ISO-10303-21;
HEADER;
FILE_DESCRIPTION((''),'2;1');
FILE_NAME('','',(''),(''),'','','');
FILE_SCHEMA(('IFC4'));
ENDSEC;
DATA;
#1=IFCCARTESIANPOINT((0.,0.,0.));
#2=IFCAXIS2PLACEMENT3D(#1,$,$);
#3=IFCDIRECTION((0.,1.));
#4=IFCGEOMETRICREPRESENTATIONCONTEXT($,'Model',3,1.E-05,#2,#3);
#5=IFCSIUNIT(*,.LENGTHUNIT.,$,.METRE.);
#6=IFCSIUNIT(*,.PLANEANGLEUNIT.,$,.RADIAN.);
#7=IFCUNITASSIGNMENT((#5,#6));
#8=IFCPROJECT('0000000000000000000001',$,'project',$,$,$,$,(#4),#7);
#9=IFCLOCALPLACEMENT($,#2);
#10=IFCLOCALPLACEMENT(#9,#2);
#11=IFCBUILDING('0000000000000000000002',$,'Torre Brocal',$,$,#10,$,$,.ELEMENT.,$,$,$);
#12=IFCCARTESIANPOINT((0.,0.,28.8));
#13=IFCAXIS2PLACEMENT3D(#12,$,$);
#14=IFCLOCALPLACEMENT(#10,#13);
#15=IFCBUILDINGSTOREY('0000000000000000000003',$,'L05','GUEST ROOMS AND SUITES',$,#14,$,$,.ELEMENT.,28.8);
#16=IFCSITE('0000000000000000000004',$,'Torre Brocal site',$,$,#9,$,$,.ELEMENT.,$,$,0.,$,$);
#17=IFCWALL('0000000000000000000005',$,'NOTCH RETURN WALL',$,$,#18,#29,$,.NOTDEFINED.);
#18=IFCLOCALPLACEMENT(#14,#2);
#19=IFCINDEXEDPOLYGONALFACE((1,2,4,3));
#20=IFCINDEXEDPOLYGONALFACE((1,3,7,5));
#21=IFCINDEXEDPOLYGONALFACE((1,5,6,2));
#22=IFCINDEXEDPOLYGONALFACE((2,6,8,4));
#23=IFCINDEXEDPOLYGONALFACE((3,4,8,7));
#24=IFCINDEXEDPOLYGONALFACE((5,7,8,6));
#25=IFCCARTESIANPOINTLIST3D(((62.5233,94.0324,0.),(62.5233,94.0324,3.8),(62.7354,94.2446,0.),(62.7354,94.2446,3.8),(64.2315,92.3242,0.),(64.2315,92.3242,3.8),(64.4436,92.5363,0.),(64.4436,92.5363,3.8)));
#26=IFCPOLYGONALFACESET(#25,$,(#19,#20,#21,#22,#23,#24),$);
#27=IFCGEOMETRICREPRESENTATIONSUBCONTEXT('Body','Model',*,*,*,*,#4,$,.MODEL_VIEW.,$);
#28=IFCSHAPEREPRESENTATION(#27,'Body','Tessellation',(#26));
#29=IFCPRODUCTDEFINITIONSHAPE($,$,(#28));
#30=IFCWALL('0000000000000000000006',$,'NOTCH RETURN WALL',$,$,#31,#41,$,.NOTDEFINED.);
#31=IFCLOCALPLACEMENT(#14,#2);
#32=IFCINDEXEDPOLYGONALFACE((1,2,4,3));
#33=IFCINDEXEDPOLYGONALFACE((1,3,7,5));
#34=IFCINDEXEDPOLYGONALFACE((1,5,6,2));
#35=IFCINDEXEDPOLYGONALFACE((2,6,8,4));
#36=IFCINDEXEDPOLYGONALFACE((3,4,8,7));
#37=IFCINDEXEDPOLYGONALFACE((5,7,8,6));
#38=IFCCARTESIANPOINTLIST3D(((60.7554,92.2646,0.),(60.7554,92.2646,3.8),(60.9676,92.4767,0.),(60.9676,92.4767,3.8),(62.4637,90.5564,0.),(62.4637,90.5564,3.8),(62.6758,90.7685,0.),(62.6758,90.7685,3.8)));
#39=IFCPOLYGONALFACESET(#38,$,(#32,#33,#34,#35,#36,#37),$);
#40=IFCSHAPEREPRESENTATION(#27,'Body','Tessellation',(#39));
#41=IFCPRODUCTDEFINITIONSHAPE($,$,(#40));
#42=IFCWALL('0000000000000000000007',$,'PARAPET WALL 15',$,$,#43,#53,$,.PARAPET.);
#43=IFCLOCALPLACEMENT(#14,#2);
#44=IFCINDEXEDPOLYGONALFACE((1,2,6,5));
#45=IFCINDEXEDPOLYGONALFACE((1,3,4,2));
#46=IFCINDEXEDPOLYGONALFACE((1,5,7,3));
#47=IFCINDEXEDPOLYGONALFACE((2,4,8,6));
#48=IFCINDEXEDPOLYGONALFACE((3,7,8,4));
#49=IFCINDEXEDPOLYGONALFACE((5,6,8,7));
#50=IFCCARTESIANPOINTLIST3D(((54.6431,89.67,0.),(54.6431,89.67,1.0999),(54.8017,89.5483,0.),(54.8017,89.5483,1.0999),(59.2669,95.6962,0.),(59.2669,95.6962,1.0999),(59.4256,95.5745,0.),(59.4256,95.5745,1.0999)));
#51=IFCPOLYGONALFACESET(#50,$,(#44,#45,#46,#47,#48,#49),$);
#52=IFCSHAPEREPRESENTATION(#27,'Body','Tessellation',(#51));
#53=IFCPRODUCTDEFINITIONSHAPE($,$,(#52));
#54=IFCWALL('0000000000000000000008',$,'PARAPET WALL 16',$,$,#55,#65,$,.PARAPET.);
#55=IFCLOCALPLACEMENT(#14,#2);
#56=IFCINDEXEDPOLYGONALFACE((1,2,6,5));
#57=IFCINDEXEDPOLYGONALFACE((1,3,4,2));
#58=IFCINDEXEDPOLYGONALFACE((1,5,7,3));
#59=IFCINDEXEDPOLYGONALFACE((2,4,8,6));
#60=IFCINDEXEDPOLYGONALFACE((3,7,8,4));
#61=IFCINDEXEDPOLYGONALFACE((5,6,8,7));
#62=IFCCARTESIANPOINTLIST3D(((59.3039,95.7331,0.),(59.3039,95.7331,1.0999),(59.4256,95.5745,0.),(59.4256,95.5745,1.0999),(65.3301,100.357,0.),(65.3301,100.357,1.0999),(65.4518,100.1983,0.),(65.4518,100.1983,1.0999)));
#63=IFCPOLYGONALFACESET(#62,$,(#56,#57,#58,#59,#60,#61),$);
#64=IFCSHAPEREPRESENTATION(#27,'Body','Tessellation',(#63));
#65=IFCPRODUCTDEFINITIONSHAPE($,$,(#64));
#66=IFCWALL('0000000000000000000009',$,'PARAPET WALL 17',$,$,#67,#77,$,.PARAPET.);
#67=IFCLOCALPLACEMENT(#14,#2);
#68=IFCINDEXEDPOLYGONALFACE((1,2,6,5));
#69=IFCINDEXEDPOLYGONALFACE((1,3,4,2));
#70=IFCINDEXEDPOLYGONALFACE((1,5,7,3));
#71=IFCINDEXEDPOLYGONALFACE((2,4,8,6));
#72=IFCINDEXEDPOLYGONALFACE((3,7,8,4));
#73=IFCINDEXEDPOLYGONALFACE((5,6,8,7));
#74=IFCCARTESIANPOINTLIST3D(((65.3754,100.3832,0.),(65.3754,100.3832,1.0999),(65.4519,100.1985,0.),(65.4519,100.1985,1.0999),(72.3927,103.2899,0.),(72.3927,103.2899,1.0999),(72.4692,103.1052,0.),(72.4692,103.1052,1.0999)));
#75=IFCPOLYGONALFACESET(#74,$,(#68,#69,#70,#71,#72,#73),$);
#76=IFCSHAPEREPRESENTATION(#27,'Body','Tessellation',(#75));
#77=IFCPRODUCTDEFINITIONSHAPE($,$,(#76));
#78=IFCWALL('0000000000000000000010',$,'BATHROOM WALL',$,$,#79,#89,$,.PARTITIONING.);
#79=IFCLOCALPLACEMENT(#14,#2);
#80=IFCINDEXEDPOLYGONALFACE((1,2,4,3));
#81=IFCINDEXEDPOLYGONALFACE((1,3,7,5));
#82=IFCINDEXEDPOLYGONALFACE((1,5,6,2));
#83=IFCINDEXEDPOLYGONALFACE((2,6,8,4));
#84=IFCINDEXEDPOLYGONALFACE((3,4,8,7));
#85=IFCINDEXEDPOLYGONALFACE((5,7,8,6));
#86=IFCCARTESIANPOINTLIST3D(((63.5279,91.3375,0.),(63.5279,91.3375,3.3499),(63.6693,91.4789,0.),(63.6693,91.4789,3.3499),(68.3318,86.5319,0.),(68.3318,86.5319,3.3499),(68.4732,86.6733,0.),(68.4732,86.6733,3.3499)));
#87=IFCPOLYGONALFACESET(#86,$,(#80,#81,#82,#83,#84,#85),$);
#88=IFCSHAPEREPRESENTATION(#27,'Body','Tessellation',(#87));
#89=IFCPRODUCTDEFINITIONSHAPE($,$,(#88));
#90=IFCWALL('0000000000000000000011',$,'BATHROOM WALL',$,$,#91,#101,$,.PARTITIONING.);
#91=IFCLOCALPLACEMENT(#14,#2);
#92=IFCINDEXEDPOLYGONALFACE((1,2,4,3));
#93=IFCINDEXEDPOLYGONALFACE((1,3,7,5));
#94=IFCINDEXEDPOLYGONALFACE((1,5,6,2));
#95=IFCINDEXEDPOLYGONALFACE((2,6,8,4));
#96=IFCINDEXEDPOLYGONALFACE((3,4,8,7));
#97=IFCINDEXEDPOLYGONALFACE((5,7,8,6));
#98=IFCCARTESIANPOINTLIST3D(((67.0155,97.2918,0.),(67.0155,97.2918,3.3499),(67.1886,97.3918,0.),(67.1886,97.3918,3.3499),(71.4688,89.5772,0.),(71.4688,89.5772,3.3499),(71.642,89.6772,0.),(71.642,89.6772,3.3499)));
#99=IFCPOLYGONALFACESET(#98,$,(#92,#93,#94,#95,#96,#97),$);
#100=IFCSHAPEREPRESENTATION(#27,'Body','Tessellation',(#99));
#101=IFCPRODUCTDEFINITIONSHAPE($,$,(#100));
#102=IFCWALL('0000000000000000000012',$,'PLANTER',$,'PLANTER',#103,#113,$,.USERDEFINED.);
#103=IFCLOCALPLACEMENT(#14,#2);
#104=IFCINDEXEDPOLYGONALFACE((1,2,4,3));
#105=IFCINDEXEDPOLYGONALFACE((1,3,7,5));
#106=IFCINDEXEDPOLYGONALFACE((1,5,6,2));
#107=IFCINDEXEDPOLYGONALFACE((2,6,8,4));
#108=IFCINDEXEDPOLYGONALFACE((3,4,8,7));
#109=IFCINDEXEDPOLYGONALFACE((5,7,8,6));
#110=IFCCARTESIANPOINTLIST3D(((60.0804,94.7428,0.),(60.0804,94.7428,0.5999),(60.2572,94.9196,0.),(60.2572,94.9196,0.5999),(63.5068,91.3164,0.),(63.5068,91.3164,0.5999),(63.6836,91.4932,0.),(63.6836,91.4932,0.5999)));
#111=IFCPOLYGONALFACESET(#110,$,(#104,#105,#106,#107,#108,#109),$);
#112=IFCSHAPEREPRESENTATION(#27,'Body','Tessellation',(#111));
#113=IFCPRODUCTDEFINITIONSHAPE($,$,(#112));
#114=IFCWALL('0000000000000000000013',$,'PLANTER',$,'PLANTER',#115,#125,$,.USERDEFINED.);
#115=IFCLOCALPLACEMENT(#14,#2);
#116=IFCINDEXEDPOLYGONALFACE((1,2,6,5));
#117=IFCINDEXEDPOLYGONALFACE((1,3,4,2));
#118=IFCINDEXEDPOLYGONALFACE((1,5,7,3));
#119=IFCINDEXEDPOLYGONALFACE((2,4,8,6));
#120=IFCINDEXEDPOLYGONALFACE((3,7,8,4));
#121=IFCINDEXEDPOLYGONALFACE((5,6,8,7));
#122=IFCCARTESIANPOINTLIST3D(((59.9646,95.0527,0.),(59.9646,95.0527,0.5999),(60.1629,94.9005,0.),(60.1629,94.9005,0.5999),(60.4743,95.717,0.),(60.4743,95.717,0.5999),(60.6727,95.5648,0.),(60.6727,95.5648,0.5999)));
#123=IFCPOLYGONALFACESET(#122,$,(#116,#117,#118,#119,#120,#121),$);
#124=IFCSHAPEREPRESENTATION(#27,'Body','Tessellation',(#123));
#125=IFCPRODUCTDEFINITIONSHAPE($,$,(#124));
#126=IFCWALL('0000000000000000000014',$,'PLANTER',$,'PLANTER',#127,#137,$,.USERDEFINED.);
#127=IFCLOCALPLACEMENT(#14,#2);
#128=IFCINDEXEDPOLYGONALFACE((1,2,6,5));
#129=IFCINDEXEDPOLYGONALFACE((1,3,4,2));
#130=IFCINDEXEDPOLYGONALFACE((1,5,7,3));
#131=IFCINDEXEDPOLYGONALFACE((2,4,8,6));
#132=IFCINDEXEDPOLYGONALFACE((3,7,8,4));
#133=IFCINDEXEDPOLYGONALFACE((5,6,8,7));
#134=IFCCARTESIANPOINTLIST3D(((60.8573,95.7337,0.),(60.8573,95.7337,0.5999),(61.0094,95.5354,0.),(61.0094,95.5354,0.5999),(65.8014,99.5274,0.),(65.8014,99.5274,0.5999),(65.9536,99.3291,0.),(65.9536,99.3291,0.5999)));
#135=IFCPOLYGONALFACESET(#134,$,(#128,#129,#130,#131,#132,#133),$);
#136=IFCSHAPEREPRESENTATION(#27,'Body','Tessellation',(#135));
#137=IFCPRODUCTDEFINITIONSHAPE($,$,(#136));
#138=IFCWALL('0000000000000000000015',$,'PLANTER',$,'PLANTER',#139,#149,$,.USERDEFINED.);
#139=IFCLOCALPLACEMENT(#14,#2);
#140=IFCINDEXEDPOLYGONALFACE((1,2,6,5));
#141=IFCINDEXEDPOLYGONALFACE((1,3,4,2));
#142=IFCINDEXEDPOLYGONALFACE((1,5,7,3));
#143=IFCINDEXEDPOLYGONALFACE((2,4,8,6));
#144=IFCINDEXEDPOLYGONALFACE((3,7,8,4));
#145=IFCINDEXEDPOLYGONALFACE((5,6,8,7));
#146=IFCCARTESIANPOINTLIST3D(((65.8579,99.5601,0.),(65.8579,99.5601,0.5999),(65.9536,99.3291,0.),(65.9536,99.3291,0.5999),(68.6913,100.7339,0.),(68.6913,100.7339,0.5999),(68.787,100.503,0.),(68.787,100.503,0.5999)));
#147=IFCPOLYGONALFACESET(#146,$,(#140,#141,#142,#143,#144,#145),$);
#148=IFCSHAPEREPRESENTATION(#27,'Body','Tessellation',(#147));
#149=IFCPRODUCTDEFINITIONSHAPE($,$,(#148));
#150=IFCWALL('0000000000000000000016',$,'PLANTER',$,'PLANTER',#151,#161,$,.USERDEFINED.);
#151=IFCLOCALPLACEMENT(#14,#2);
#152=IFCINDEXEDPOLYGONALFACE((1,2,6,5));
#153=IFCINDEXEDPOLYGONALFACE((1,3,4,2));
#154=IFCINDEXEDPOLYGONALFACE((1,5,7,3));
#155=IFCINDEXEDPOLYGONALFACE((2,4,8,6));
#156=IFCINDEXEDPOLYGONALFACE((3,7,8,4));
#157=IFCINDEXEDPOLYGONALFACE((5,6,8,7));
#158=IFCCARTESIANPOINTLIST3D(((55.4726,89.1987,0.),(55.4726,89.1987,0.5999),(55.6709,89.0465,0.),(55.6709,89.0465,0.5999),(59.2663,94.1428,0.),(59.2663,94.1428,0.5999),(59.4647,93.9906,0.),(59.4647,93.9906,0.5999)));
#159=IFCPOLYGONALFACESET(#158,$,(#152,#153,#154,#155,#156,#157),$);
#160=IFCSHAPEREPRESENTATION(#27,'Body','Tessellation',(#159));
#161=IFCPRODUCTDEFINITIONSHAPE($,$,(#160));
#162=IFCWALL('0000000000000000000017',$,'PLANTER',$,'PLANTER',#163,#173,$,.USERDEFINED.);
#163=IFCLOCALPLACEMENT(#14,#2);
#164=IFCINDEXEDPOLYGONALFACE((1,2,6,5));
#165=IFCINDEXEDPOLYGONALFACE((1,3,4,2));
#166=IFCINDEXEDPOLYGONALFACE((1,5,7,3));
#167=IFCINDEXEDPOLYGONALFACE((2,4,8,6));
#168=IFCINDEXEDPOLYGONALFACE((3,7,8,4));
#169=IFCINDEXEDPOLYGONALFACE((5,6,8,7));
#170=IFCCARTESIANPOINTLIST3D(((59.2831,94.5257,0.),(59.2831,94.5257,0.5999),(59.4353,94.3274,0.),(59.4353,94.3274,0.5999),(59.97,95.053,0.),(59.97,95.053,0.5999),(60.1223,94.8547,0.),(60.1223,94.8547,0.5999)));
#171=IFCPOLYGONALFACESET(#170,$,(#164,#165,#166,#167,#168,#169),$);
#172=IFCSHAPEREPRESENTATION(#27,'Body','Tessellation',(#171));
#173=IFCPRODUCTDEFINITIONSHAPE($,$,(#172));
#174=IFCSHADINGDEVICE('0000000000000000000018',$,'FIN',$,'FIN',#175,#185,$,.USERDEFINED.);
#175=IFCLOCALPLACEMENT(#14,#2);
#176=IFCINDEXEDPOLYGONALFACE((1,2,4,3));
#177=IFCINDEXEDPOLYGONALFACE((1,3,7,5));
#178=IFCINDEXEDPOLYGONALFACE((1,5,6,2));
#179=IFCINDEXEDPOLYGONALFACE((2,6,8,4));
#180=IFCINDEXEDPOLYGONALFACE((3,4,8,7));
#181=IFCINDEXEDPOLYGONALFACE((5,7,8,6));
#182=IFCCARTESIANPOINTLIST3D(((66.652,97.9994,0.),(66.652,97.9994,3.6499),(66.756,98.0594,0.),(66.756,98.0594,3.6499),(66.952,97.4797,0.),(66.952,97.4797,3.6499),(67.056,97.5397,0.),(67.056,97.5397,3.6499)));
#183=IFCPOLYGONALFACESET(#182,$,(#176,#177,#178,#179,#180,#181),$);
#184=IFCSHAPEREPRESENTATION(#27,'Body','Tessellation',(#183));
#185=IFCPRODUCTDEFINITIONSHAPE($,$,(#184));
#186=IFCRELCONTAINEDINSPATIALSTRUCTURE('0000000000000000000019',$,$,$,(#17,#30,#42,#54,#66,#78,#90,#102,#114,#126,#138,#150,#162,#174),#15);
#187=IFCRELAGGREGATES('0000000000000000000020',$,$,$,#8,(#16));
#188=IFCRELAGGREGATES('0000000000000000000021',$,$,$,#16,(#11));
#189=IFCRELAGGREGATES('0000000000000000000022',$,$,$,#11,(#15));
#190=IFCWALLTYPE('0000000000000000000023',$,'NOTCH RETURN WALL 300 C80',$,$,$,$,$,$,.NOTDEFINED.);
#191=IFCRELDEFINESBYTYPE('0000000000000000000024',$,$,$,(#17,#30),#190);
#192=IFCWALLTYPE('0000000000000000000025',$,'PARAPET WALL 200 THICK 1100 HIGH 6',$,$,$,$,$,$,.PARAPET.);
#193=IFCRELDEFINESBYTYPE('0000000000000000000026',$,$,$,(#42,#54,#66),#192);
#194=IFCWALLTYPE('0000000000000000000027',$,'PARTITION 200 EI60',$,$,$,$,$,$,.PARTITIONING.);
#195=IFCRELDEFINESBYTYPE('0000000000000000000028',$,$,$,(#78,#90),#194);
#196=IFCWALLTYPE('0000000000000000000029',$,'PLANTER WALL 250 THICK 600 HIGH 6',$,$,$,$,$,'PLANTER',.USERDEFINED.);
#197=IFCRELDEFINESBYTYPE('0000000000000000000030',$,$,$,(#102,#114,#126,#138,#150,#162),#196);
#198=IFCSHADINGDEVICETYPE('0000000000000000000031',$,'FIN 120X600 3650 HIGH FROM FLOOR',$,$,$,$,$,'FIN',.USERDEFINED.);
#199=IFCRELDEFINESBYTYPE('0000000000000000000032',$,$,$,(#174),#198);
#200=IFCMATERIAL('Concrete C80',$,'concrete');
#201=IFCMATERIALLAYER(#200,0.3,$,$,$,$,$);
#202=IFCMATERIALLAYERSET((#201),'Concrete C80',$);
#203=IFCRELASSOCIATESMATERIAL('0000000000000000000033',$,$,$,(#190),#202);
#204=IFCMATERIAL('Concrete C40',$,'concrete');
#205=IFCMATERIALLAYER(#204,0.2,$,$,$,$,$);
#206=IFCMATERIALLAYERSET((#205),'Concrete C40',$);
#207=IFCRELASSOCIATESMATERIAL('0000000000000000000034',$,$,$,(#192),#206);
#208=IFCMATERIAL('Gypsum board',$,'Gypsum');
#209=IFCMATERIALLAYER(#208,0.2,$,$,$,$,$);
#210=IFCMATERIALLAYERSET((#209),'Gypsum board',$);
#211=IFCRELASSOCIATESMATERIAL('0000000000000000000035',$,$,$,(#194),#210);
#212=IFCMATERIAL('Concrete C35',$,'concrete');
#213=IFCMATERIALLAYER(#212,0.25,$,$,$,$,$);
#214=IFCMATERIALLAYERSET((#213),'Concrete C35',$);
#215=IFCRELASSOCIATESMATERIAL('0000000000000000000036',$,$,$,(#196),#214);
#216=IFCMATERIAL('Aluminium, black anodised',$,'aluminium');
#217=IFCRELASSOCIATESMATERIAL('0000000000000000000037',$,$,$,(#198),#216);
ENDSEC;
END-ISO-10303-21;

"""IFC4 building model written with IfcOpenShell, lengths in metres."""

from ifc_helpers import new_model, si_unit, direction, frame, frame_2d, origin, origin_2d, place, context, subcontext, project, spatial, rectangle, extrude, material, layer, layer_set, material_profile, profile_set, type_object, element, save


model = new_model("IFC4")

# Units and contexts
model_context = context("Model", 3, precision=1e-05, world=origin(), true_north=direction((0.0, 1.0)))
body_context = subcontext(model_context, "Body", "Model", "MODEL_VIEW")
ifc_project = project(units=[si_unit("LENGTHUNIT", "METRE"), si_unit("PLANEANGLEUNIT", "RADIAN")], contexts=[model_context])

# Site, building, storey
site_placement = place(None, origin())
site = spatial("IfcSite", under=ifc_project, at=site_placement, Name="Torre Brocal site", CompositionType="ELEMENT", RefElevation=0.0)
building_placement = place(site_placement, origin())
building = spatial("IfcBuilding", under=site, at=building_placement, Name="Torre Brocal", CompositionType="ELEMENT")
storey_placement = place(building_placement, frame((0.0, 0.0, 28.8)))
storey = spatial("IfcBuildingStorey", under=building, at=storey_placement, Name="L05", Description="GUEST ROOMS AND SUITES", CompositionType="ELEMENT", Elevation=28.8)

# Walls
ifc_material_1 = material(Name="Concrete C80", Category="concrete")
ifc_layer_1 = layer(ifc_material_1, 0.3)
ifc_layer_set_1 = layer_set([ifc_layer_1], Name="Concrete C80")
wall_type_1 = type_object("IfcWallType", Name="NOTCH RETURN WALL 300 C80", PredefinedType="NOTDEFINED", material=ifc_layer_set_1)
for number, where, z_axis, x_axis, name in (
    (1, (64.3376, 92.4302, 0.0), (0.0, 0.0, 1.0), (-0.707107, 0.707107, 0.0), "NOTCH RETURN WALL"),
    (2, (62.5698, 90.6624, 0.0), (0.0, 0.0, 1.0), (-0.707107, 0.707107, 0.0), "NOTCH RETURN WALL"),
):
    element("IfcWall", number, at=place(storey_placement, frame(where, z_axis=z_axis, x_axis=x_axis)), inside=storey, type_object=wall_type_1, Name=name, PredefinedType="NOTDEFINED", context=body_context, shape_type="SweptSolid", body=[
        extrude(rectangle(XDim=2.4158, YDim=0.3, at=frame_2d((1.208, 0.0))), origin(), (0.0, 0.0, 1.0), 3.8),
    ])
ifc_material_2 = material(Name="Concrete C40", Category="concrete")
ifc_layer_2 = layer(ifc_material_2, 0.2)
ifc_layer_set_2 = layer_set([ifc_layer_2], Name="Concrete C40")
wall_type_2 = type_object("IfcWallType", Name="PARAPET WALL 200 THICK 1100 HIGH 6", PredefinedType="PARAPET", material=ifc_layer_set_2)
for number, where, z_axis, x_axis, name in (
    (3, (54.7224, 89.6091, 0.0), (0.0, 0.0, 1.0), (0.608743, 0.793368, 0.0), "PARAPET WALL 15"),
    (4, (59.3647, 95.6538, 0.0), (0.0, 0.0, 1.0), (0.793368, 0.608743, 0.0), "PARAPET WALL 16"),
):
    element("IfcWall", number, at=place(storey_placement, frame(where, z_axis=z_axis, x_axis=x_axis)), inside=storey, type_object=wall_type_2, Name=name, PredefinedType="PARAPET", context=body_context, shape_type="SweptSolid", body=[
        extrude(rectangle(XDim=7.5957, YDim=0.2, at=frame_2d((3.7979, 0.0))), origin(), (0.0, 0.0, 1.0), 1.0999),
    ])
wall_1_placement = place(storey_placement, frame((65.4136, 100.2908, 0.0), z_axis=(0.0, 0.0, 1.0), x_axis=(0.923877, 0.382691, 0.0)))
element("IfcWall", 5, at=wall_1_placement, inside=storey, type_object=wall_type_2, Name="PARAPET WALL 17", PredefinedType="PARAPET", context=body_context, shape_type="SweptSolid", body=[
    extrude(rectangle(XDim=7.5955, YDim=0.2, at=frame_2d((3.7979, 0.0))), origin(), (0.0, 0.0, 1.0), 1.0999),
])
ifc_material_3 = material(Name="Gypsum board", Category="Gypsum")
ifc_layer_3 = layer(ifc_material_3, 0.2)
ifc_layer_set_3 = layer_set([ifc_layer_3], Name="Gypsum board")
wall_type_3 = type_object("IfcWallType", Name="PARTITION 200 EI60", PredefinedType="PARTITIONING", material=ifc_layer_set_3)
wall_2_placement = place(storey_placement, frame((63.5986, 91.4082, 0.0), z_axis=(0.0, 0.0, 1.0), x_axis=(0.706981, -0.707233, 0.0)))
element("IfcWall", 6, at=wall_2_placement, inside=storey, type_object=wall_type_3, Name="BATHROOM WALL", PredefinedType="PARTITIONING", context=body_context, shape_type="SweptSolid", body=[
    extrude(rectangle(XDim=6.7949, YDim=0.2, at=frame_2d((3.3975, 0.0))), origin(), (0.0, 0.0, 1.0), 3.3499),
])
wall_3_placement = place(storey_placement, frame((67.1021, 97.3418, 0.0), z_axis=(0.0, 0.0, 1.0), x_axis=(0.499945, -0.866057, 0.0)))
element("IfcWall", 7, at=wall_3_placement, inside=storey, type_object=wall_type_3, Name="BATHROOM WALL", PredefinedType="PARTITIONING", context=body_context, shape_type="SweptSolid", body=[
    extrude(rectangle(XDim=8.9077, YDim=0.2, at=frame_2d((4.4539, 0.0))), origin(), (0.0, 0.0, 1.0), 3.3499),
])
ifc_material_4 = material(Name="Concrete C35", Category="concrete")
ifc_layer_4 = layer(ifc_material_4, 0.25)
ifc_layer_set_4 = layer_set([ifc_layer_4], Name="Concrete C35")
wall_type_4 = type_object("IfcWallType", Name="PLANTER WALL 250 THICK 600 HIGH 6", ElementType="PLANTER", PredefinedType="USERDEFINED", material=ifc_layer_set_4)
wall_4_placement = place(storey_placement, frame((63.5952, 91.4048, 0.0), z_axis=(0.0, 0.0, 1.0), x_axis=(-0.707107, 0.707107, 0.0)))
element("IfcWall", 8, at=wall_4_placement, inside=storey, type_object=wall_type_4, Name="PLANTER", ObjectType="PLANTER", PredefinedType="USERDEFINED", context=body_context, shape_type="SweptSolid", body=[
    extrude(rectangle(XDim=4.8457, YDim=0.25, at=frame_2d((2.4229, 0.0))), origin(), (0.0, 0.0, 1.0), 0.5999),
])
wall_5_placement = place(storey_placement, frame((60.0637, 94.9766, 0.0), z_axis=(0.0, 0.0, 1.0), x_axis=(0.60878, 0.793339, 0.0)))
element("IfcWall", 9, at=wall_5_placement, inside=storey, type_object=wall_type_4, Name="PLANTER", ObjectType="PLANTER", PredefinedType="USERDEFINED", context=body_context, shape_type="SweptSolid", body=[
    extrude(rectangle(XDim=0.8374, YDim=0.25, at=frame_2d((0.4187, 0.0))), origin(), (0.0, 0.0, 1.0), 0.5999),
])
wall_6_placement = place(storey_placement, frame((60.9333, 95.6345, 0.0), z_axis=(0.0, 0.0, 1.0), x_axis=(0.793356, 0.608758, 0.0)))
element("IfcWall", 10, at=wall_6_placement, inside=storey, type_object=wall_type_4, Name="PLANTER", ObjectType="PLANTER", PredefinedType="USERDEFINED", context=body_context, shape_type="SweptSolid", body=[
    extrude(rectangle(XDim=6.2319, YDim=0.25, at=frame_2d((3.116, 0.0))), origin(), (0.0, 0.0, 1.0), 0.5999),
])
wall_7_placement = place(storey_placement, frame((65.9058, 99.4446, 0.0), z_axis=(0.0, 0.0, 1.0), x_axis=(0.92385, 0.382755, 0.0)))
element("IfcWall", 11, at=wall_7_placement, inside=storey, type_object=wall_type_4, Name="PLANTER", ObjectType="PLANTER", PredefinedType="USERDEFINED", context=body_context, shape_type="SweptSolid", body=[
    extrude(rectangle(XDim=3.0669, YDim=0.25, at=frame_2d((1.5334, 0.0))), origin(), (0.0, 0.0, 1.0), 0.5999),
])
wall_8_placement = place(storey_placement, frame((55.5718, 89.1226, 0.0), z_axis=(0.0, 0.0, 1.0), x_axis=(0.608758, 0.793356, 0.0)))
element("IfcWall", 12, at=wall_8_placement, inside=storey, type_object=wall_type_4, Name="PLANTER", ObjectType="PLANTER", PredefinedType="USERDEFINED", context=body_context, shape_type="SweptSolid", body=[
    extrude(rectangle(XDim=6.2319, YDim=0.25, at=frame_2d((3.116, 0.0))), origin(), (0.0, 0.0, 1.0), 0.5999),
])
wall_9_placement = place(storey_placement, frame((59.3591, 94.4265, 0.0), z_axis=(0.0, 0.0, 1.0), x_axis=(0.793252, 0.608893, 0.0)))
element("IfcWall", 13, at=wall_9_placement, inside=storey, type_object=wall_type_4, Name="PLANTER", ObjectType="PLANTER", PredefinedType="USERDEFINED", context=body_context, shape_type="SweptSolid", body=[
    extrude(rectangle(XDim=0.866, YDim=0.25, at=frame_2d((0.4331, 0.0))), origin(), (0.0, 0.0, 1.0), 0.5999),
])

# Shading device
ifc_material_5 = material(Name="Aluminium, black anodised", Category="aluminium")
ifc_material_profile_1 = material_profile(ifc_material_5, rectangle(XDim=0.1201, YDim=0.6001, at=origin_2d()), Name="FIN 120X600 3650 HIGH FROM FLOOR")
ifc_profile_set_1 = profile_set([ifc_material_profile_1], Name="Aluminium, black anodised")
shading_device_type = type_object("IfcShadingDeviceType", Name="FIN 120X600 3650 HIGH FROM FLOOR", ElementType="FIN", PredefinedType="USERDEFINED", material=ifc_profile_set_1)
for number, where, z_axis, x_axis, name in (
    (14, (66.854, 97.7695, 0.0), (0.0, 0.0, 1.0), (-0.866025, -0.5, 0.0), "FIN"),
):
    element("IfcShadingDevice", number, at=place(storey_placement, frame(where, z_axis=z_axis, x_axis=x_axis)), inside=storey, type_object=shading_device_type, Name=name, ObjectType="FIN", PredefinedType="USERDEFINED", context=body_context, shape_type="SweptSolid", body=[
        extrude(rectangle(XDim=0.1201, YDim=0.6001, at=origin_2d()), origin(), (0.0, 0.0, 1.0), 3.6499),
    ])

save(model, "model.ifc")
